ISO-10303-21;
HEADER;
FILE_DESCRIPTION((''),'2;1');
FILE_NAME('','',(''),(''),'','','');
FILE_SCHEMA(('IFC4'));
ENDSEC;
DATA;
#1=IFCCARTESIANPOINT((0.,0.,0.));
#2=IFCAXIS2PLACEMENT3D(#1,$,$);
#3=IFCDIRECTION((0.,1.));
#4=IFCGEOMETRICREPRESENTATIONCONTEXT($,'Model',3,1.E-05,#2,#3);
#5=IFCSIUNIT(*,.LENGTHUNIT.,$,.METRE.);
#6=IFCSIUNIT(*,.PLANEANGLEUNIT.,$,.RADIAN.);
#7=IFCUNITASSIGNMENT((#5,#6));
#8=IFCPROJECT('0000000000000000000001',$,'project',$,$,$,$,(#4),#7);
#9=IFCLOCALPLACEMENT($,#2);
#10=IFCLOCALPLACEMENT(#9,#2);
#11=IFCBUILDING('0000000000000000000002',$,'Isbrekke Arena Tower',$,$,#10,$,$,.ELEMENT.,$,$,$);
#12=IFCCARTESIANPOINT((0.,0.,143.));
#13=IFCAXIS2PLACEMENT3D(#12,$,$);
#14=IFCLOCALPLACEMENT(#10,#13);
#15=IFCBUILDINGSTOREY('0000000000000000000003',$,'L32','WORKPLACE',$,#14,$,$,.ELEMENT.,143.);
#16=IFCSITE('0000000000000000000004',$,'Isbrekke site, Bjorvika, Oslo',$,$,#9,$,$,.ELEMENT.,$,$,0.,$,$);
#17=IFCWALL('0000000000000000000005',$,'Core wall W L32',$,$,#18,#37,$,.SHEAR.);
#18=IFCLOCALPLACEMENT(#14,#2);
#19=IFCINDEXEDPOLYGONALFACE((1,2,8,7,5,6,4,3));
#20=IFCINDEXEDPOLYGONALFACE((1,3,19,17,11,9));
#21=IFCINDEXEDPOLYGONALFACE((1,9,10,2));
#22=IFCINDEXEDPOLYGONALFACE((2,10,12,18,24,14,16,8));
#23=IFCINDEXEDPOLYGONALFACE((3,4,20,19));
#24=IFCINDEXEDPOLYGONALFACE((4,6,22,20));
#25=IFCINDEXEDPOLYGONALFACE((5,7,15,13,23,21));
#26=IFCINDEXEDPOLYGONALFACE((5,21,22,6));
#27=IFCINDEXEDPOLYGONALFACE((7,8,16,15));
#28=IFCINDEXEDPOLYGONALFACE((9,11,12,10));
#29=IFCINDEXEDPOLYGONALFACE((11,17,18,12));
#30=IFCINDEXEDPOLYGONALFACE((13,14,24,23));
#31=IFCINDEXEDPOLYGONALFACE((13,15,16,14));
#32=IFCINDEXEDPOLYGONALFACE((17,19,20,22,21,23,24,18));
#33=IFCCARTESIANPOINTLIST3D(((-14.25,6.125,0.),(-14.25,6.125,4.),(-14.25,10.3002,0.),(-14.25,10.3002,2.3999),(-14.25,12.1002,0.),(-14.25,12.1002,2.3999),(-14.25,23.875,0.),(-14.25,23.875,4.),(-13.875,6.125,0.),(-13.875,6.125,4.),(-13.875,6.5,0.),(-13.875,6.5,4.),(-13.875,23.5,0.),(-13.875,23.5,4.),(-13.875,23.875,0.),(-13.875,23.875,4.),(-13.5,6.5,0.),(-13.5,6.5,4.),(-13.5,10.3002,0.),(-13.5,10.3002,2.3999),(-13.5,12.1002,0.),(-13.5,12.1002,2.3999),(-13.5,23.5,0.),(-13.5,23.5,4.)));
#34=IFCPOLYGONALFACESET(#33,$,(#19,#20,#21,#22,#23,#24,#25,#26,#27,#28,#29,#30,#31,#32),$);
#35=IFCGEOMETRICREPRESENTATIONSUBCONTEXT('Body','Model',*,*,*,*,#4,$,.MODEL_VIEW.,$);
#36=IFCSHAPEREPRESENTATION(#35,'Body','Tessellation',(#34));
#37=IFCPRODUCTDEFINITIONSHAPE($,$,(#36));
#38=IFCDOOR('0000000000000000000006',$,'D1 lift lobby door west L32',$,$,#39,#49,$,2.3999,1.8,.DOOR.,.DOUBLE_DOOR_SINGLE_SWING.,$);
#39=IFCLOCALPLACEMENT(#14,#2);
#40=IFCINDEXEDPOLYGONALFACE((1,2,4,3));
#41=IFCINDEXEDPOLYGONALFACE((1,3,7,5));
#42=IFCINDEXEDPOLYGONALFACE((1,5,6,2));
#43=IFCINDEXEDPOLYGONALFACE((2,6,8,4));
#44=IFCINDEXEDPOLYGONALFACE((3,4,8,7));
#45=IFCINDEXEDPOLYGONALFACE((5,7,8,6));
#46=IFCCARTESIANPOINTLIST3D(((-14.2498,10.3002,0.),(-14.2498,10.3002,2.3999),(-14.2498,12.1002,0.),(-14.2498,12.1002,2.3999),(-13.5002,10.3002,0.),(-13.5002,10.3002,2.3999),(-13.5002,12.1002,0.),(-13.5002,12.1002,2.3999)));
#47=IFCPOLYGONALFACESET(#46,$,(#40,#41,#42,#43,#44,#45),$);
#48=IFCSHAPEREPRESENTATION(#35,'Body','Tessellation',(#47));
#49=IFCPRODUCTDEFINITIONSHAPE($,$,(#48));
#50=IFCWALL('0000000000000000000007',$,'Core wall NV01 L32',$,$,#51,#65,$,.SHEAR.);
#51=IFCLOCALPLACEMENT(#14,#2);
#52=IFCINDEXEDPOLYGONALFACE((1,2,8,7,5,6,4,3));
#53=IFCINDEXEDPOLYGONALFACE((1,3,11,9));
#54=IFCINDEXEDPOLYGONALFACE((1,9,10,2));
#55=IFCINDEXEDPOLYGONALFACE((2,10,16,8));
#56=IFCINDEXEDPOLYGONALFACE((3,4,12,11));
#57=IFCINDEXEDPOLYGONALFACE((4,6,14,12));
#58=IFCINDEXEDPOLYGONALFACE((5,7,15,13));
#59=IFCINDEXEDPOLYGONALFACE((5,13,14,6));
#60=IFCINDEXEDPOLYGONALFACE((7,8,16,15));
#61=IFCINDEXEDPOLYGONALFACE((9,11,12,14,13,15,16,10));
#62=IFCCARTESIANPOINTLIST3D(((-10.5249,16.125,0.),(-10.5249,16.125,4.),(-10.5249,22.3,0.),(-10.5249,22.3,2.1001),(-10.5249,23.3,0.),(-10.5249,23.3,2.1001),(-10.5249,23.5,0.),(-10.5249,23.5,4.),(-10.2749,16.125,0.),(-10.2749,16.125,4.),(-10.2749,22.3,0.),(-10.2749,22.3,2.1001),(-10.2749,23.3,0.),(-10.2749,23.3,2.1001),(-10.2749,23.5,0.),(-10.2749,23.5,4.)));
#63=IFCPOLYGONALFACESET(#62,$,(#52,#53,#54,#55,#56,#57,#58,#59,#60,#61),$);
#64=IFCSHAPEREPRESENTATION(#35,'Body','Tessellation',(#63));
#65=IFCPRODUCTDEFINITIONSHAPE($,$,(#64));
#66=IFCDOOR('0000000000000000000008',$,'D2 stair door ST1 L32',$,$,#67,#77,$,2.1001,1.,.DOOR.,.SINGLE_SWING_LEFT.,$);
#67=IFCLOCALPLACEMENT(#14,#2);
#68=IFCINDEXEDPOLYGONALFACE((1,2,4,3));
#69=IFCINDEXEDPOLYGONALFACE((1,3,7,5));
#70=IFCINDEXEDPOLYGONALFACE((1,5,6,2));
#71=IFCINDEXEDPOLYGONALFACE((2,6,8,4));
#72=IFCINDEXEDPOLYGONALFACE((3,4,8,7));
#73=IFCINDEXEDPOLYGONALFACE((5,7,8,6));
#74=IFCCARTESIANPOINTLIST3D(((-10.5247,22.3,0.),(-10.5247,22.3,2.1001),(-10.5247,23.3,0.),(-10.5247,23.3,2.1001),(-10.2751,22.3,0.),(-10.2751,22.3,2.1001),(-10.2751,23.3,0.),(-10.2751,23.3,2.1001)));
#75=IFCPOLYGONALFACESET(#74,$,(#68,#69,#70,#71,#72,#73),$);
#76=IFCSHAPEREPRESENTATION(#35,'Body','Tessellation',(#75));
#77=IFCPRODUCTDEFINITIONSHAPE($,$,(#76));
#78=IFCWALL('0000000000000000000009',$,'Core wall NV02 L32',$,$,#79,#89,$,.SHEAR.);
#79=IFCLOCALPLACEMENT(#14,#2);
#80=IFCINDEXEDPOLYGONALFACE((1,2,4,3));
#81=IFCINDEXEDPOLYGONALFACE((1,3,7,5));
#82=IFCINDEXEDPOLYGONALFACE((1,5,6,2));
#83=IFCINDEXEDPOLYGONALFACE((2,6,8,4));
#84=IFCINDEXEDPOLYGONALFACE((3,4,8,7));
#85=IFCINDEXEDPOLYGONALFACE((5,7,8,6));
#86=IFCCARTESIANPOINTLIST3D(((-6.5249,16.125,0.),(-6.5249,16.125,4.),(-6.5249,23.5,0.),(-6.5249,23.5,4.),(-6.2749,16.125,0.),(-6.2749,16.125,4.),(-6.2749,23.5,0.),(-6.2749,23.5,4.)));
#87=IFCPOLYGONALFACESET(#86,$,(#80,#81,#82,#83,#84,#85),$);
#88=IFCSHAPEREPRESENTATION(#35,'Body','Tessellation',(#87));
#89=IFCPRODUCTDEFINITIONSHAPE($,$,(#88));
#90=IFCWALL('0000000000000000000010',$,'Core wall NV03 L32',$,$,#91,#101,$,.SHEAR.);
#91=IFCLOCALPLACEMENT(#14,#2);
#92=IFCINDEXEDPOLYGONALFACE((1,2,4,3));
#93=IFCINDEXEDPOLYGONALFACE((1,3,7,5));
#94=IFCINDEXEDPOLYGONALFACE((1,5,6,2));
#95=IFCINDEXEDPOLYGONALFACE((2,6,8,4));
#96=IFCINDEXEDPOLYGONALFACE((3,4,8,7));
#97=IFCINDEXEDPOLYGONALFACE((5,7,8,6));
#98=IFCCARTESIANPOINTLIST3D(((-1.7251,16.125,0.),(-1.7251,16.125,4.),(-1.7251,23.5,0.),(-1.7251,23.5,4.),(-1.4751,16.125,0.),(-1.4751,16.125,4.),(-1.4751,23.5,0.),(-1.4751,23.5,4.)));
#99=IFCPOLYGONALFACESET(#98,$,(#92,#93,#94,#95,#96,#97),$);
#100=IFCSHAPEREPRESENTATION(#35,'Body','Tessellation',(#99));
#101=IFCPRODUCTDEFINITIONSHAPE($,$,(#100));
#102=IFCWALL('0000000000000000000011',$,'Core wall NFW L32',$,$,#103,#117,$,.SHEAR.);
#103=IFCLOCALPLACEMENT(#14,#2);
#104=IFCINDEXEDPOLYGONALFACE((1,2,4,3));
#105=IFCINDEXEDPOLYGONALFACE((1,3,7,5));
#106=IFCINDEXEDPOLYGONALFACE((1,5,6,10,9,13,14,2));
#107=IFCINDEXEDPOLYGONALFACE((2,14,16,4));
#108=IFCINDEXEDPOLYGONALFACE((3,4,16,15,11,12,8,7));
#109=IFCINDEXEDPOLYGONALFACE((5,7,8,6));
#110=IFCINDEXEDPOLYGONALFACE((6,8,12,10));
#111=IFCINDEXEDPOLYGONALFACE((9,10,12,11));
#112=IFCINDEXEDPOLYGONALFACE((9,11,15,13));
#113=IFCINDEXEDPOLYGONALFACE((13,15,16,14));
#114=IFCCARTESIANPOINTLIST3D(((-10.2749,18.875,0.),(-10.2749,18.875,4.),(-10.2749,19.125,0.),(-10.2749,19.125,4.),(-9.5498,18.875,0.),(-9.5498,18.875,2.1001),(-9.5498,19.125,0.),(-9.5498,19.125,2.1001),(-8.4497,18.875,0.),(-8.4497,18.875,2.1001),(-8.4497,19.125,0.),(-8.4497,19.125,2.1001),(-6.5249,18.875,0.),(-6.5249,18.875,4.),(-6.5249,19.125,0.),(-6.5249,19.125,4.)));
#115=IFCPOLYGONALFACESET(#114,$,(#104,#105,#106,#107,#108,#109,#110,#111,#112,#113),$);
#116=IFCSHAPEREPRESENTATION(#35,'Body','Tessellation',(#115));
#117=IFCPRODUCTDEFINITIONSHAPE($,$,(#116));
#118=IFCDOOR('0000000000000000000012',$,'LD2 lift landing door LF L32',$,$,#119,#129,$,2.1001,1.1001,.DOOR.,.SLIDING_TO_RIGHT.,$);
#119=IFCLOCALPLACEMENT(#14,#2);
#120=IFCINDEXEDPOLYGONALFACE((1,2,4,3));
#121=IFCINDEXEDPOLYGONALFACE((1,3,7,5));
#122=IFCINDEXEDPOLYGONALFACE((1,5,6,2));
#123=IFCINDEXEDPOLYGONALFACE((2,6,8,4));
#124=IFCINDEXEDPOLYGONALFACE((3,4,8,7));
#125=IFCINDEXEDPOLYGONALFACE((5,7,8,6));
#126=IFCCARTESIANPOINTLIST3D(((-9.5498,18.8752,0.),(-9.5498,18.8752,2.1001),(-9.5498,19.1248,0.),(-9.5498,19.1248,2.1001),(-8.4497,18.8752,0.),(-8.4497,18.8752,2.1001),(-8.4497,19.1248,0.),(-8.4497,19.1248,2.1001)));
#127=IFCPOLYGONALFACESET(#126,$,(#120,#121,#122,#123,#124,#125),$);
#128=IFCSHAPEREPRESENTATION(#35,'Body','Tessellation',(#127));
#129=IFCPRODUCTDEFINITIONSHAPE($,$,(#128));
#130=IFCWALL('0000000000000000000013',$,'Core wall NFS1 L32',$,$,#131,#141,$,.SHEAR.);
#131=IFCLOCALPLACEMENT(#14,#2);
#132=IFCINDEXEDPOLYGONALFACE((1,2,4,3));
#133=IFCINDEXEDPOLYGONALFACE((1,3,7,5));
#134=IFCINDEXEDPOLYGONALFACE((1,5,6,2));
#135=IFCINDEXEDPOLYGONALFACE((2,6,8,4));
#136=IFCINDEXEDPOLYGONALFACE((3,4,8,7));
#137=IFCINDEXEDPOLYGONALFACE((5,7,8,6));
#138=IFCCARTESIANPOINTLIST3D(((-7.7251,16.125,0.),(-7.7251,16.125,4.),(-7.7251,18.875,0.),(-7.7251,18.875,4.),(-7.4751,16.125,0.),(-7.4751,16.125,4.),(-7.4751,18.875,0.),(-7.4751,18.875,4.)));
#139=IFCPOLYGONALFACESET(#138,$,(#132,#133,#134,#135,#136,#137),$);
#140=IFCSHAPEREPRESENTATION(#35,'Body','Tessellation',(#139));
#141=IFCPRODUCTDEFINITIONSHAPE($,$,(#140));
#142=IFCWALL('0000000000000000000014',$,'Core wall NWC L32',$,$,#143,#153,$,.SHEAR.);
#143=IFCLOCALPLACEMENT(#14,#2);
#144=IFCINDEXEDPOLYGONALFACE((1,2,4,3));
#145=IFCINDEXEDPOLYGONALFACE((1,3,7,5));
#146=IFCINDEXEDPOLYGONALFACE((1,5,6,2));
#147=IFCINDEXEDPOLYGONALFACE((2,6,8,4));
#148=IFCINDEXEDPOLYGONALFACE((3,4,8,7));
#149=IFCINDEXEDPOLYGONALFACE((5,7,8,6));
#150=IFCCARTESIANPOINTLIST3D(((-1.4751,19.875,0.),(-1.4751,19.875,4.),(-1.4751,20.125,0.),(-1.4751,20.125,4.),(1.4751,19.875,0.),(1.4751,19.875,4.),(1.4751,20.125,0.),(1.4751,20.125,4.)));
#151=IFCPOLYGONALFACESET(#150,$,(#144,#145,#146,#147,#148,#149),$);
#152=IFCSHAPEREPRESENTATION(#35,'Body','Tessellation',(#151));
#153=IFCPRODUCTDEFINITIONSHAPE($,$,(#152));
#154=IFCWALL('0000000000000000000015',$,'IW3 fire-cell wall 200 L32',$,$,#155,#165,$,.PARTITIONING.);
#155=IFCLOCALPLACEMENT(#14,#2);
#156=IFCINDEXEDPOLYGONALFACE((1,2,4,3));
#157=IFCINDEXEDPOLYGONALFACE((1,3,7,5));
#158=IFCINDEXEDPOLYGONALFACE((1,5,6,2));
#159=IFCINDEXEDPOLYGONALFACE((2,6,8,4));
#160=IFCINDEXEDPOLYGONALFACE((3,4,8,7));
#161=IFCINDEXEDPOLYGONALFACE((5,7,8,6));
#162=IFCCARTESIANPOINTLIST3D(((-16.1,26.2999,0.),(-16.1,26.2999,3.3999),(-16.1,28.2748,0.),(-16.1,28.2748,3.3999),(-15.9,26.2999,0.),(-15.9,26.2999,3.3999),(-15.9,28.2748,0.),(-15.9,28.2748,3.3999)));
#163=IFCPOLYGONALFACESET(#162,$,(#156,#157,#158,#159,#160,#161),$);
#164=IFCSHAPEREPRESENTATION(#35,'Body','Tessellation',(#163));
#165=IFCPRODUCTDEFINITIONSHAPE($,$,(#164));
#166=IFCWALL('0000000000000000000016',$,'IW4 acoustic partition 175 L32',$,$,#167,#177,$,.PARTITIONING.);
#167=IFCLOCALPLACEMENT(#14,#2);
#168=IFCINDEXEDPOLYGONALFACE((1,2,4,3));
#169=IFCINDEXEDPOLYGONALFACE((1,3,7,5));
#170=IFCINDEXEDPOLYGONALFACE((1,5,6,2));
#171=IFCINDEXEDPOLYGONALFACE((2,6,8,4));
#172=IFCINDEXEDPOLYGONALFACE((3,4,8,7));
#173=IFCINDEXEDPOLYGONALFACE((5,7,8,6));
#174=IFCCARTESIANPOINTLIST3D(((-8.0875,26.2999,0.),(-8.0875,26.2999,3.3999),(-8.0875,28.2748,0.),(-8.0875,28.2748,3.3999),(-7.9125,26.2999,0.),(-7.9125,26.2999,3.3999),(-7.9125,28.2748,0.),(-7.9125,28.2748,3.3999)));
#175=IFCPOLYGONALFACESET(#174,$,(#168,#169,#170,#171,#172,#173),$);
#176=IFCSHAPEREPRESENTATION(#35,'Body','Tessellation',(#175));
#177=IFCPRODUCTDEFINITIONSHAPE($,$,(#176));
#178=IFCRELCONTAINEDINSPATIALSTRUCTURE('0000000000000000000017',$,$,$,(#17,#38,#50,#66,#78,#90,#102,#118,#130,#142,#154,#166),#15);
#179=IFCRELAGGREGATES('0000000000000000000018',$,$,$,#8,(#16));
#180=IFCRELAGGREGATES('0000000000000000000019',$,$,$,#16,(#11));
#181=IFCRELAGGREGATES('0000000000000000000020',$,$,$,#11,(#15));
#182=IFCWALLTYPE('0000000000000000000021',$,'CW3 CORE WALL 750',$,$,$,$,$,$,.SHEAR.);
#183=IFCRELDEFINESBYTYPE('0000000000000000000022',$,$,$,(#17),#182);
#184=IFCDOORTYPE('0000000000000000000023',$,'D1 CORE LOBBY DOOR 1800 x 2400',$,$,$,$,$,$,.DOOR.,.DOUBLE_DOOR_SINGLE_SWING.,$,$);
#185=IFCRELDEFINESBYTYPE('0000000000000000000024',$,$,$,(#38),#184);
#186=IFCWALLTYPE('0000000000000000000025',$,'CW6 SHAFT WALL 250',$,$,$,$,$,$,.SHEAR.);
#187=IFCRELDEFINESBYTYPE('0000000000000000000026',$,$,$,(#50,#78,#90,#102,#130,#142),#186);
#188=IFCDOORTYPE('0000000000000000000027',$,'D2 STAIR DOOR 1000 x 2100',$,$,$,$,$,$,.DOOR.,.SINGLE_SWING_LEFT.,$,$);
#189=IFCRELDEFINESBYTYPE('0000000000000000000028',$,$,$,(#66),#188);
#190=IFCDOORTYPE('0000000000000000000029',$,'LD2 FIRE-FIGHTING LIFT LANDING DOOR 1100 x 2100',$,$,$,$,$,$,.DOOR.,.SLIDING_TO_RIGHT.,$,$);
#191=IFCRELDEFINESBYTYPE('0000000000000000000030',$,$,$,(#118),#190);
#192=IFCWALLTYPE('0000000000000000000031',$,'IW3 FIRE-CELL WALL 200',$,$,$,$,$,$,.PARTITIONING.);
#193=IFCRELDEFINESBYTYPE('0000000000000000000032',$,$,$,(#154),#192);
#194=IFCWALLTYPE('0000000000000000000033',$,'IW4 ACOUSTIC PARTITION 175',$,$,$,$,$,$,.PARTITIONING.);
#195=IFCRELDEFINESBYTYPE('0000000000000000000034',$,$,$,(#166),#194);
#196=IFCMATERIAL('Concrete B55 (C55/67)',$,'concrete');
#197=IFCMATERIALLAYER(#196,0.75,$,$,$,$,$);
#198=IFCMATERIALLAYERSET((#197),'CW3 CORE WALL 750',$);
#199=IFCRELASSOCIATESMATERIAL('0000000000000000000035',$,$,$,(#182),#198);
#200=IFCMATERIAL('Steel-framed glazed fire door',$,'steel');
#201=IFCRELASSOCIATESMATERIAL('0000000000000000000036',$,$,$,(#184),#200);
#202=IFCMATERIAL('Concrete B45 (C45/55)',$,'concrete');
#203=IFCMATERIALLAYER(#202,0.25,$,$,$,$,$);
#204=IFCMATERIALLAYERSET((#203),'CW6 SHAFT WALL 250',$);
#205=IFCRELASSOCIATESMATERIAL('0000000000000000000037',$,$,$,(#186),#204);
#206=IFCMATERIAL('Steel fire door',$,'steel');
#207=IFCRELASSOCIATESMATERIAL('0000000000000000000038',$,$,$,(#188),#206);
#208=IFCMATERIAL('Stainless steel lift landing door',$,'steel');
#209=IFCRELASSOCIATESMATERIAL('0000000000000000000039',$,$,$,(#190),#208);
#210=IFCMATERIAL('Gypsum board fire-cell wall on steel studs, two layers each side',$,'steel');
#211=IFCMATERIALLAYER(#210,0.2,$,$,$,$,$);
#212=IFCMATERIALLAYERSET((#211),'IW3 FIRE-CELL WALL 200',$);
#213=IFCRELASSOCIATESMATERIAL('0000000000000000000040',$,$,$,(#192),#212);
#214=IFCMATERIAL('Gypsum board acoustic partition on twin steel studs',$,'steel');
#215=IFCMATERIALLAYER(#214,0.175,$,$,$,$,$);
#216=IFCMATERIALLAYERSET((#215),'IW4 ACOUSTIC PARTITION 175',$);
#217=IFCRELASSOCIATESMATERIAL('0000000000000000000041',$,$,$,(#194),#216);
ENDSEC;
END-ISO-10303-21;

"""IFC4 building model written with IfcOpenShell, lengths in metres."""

from ifc_helpers import new_model, si_unit, direction, frame, frame_2d, origin, place, context, subcontext, project, spatial, polyline, rectangle, outline, extrude, material, layer, layer_set, type_object, element, fill, save


model = new_model("IFC4")

# Units and contexts
model_context = context("Model", 3, precision=1e-05, world=origin(), true_north=direction((0.0, 1.0)))
body_context = subcontext(model_context, "Body", "Model", "MODEL_VIEW")
ifc_project = project(units=[si_unit("LENGTHUNIT", "METRE"), si_unit("PLANEANGLEUNIT", "RADIAN")], contexts=[model_context])

# Site, building, storey
site_placement = place(None, origin())
site = spatial("IfcSite", under=ifc_project, at=site_placement, Name="Isbrekke site, Bjorvika, Oslo", CompositionType="ELEMENT", RefElevation=0.0)
building_placement = place(site_placement, origin())
building = spatial("IfcBuilding", under=site, at=building_placement, Name="Isbrekke Arena Tower", CompositionType="ELEMENT")
storey_placement = place(building_placement, frame((0.0, 0.0, 143.0)))
storey = spatial("IfcBuildingStorey", under=building, at=storey_placement, Name="L32", Description="WORKPLACE", CompositionType="ELEMENT", Elevation=143.0)

# Walls, openings, doors
ifc_material_1 = material(Name="Concrete B55 (C55/67)", Category="concrete")
ifc_layer_1 = layer(ifc_material_1, 0.75)
ifc_layer_set_1 = layer_set([ifc_layer_1], Name="CW3 CORE WALL 750")
wall_type_1 = type_object("IfcWallType", Name="CW3 CORE WALL 750", PredefinedType="SHEAR", material=ifc_layer_set_1)
wall_1_placement = place(storey_placement, frame((-13.875, 23.875, 0.0), z_axis=(0.0, 0.0, 1.0), x_axis=(0.0, -1.0, 0.0)))
wall_1 = element("IfcWall", 1, at=wall_1_placement, inside=storey, type_object=wall_type_1, Name="Core wall W L32", PredefinedType="SHEAR", context=body_context, shape_type="SweptSolid", body=[
    extrude(outline(polyline([(0.0, -0.375), (17.75, -0.375), (17.75, 0.0), (17.375, 0.0), (17.375, 0.375), (0.375, 0.375), (0.375, 0.0), (0.0, 0.0), (0.0, -0.375)])), origin(), (0.0, 0.0, 1.0), 4.0),
])
opening_1_placement = place(wall_1_placement, frame((11.7749, 0.0, 0.0)))
opening_1 = element("IfcOpeningElement", 2, at=opening_1_placement, cuts=wall_1, PredefinedType="OPENING", context=body_context, shape_type="SweptSolid", body=[
    extrude(rectangle(XDim=1.8, YDim=2.3999, at=frame_2d((0.8999, 1.2))), frame((0.0, 0.3899, 0.0), z_axis=(0.0, -1.0, 0.0), x_axis=(1.0, 0.0, 0.0)), (0.0, 0.0, 1.0), 0.7798),
])
ifc_material_2 = material(Name="Steel-framed glazed fire door", Category="steel")
door_type_1 = type_object("IfcDoorType", Name="D1 CORE LOBBY DOOR 1800 x 2400", OperationType="DOUBLE_DOOR_SINGLE_SWING", PredefinedType="DOOR", material=ifc_material_2)
door_1_placement = place(opening_1_placement, origin())
door_1 = element("IfcDoor", 3, at=door_1_placement, inside=storey, type_object=door_type_1, Name="D1 lift lobby door west L32", OperationType="DOUBLE_DOOR_SINGLE_SWING", OverallHeight=2.3999, OverallWidth=1.8, PredefinedType="DOOR", context=body_context, shape_type="SweptSolid", body=[
    extrude(rectangle(XDim=1.8, YDim=2.3999, at=frame_2d((0.8999, 1.2))), frame((0.0, 0.3748, 0.0), z_axis=(0.0, -1.0, 0.0), x_axis=(1.0, 0.0, 0.0)), (0.0, 0.0, 1.0), 0.7495),
])
fill(opening_1, door_1)
ifc_material_3 = material(Name="Concrete B45 (C45/55)", Category="concrete")
ifc_layer_2 = layer(ifc_material_3, 0.25)
ifc_layer_set_2 = layer_set([ifc_layer_2], Name="CW6 SHAFT WALL 250")
wall_type_2 = type_object("IfcWallType", Name="CW6 SHAFT WALL 250", PredefinedType="SHEAR", material=ifc_layer_set_2)
wall_2_placement = place(storey_placement, frame((-10.3999, 16.125, 0.0), z_axis=(0.0, 0.0, 1.0), x_axis=(0.0, 1.0, 0.0)))
wall_2 = element("IfcWall", 4, at=wall_2_placement, inside=storey, type_object=wall_type_2, Name="Core wall NV01 L32", PredefinedType="SHEAR", context=body_context, shape_type="SweptSolid", body=[
    extrude(rectangle(XDim=7.375, YDim=0.25, at=frame_2d((3.6875, 0.0))), origin(), (0.0, 0.0, 1.0), 4.0),
])
opening_2_placement = place(wall_2_placement, frame((6.175, 0.0, 0.0)))
opening_2 = element("IfcOpeningElement", 5, at=opening_2_placement, cuts=wall_2, PredefinedType="OPENING", context=body_context, shape_type="SweptSolid", body=[
    extrude(rectangle(XDim=1.0, YDim=2.1001, at=frame_2d((0.5, 1.05))), frame((0.0, 0.1399, 0.0), z_axis=(0.0, -1.0, 0.0), x_axis=(1.0, 0.0, 0.0)), (0.0, 0.0, 1.0), 0.2798),
])
ifc_material_4 = material(Name="Steel fire door", Category="steel")
door_type_2 = type_object("IfcDoorType", Name="D2 STAIR DOOR 1000 x 2100", OperationType="SINGLE_SWING_LEFT", PredefinedType="DOOR", material=ifc_material_4)
door_2_placement = place(opening_2_placement, origin())
door_2 = element("IfcDoor", 6, at=door_2_placement, inside=storey, type_object=door_type_2, Name="D2 stair door ST1 L32", OperationType="SINGLE_SWING_LEFT", OverallHeight=2.1001, OverallWidth=1.0, PredefinedType="DOOR", context=body_context, shape_type="SweptSolid", body=[
    extrude(rectangle(XDim=1.0, YDim=2.1001, at=frame_2d((0.5, 1.05))), frame((0.0, 0.1248, 0.0), z_axis=(0.0, -1.0, 0.0), x_axis=(1.0, 0.0, 0.0)), (0.0, 0.0, 1.0), 0.2495),
])
fill(opening_2, door_2)

# Walls
for number, where, z_axis, x_axis, name in (
    (7, (-6.3999, 16.125, 0.0), (0.0, 0.0, 1.0), (0.0, 1.0, 0.0), "Core wall NV02 L32"),
    (8, (-1.6001, 16.125, 0.0), (0.0, 0.0, 1.0), (0.0, 1.0, 0.0), "Core wall NV03 L32"),
):
    element("IfcWall", number, at=place(storey_placement, frame(where, z_axis=z_axis, x_axis=x_axis)), inside=storey, type_object=wall_type_2, Name=name, PredefinedType="SHEAR", context=body_context, shape_type="SweptSolid", body=[
        extrude(rectangle(XDim=7.375, YDim=0.25, at=frame_2d((3.6875, 0.0))), origin(), (0.0, 0.0, 1.0), 4.0),
    ])

# Wall, opening, door
wall_3_placement = place(storey_placement, frame((-10.2749, 19.0, 0.0), z_axis=(0.0, 0.0, 1.0), x_axis=(1.0, 0.0, 0.0)))
wall_3 = element("IfcWall", 9, at=wall_3_placement, inside=storey, type_object=wall_type_2, Name="Core wall NFW L32", PredefinedType="SHEAR", context=body_context, shape_type="SweptSolid", body=[
    extrude(rectangle(XDim=3.75, YDim=0.25, at=frame_2d((1.875, 0.0))), origin(), (0.0, 0.0, 1.0), 4.0),
])
opening_3_placement = place(wall_3_placement, frame((0.7251, 0.0, 0.0)))
opening_3 = element("IfcOpeningElement", 10, at=opening_3_placement, cuts=wall_3, PredefinedType="OPENING", context=body_context, shape_type="SweptSolid", body=[
    extrude(rectangle(XDim=1.1001, YDim=2.1001, at=frame_2d((0.55, 1.05))), frame((0.0, 0.1399, 0.0), z_axis=(0.0, -1.0, 0.0), x_axis=(1.0, 0.0, 0.0)), (0.0, 0.0, 1.0), 0.2798),
])
ifc_material_5 = material(Name="Stainless steel lift landing door", Category="steel")
door_type_3 = type_object("IfcDoorType", Name="LD2 FIRE-FIGHTING LIFT LANDING DOOR 1100 x 2100", OperationType="SLIDING_TO_RIGHT", PredefinedType="DOOR", material=ifc_material_5)
door_3_placement = place(opening_3_placement, origin())
door_3 = element("IfcDoor", 11, at=door_3_placement, inside=storey, type_object=door_type_3, Name="LD2 lift landing door LF L32", OperationType="SLIDING_TO_RIGHT", OverallHeight=2.1001, OverallWidth=1.1001, PredefinedType="DOOR", context=body_context, shape_type="SweptSolid", body=[
    extrude(rectangle(XDim=1.1001, YDim=2.1001, at=frame_2d((0.55, 1.05))), frame((0.0, 0.1248, 0.0), z_axis=(0.0, -1.0, 0.0), x_axis=(1.0, 0.0, 0.0)), (0.0, 0.0, 1.0), 0.2495),
])
fill(opening_3, door_3)

# Walls
wall_4_placement = place(storey_placement, frame((-7.6001, 16.125, 0.0), z_axis=(0.0, 0.0, 1.0), x_axis=(0.0, 1.0, 0.0)))
element("IfcWall", 12, at=wall_4_placement, inside=storey, type_object=wall_type_2, Name="Core wall NFS1 L32", PredefinedType="SHEAR", context=body_context, shape_type="SweptSolid", body=[
    extrude(rectangle(XDim=2.75, YDim=0.25, at=frame_2d((1.375, 0.0))), origin(), (0.0, 0.0, 1.0), 4.0),
])
wall_5_placement = place(storey_placement, frame((-1.4751, 20.0, 0.0), z_axis=(0.0, 0.0, 1.0), x_axis=(1.0, 0.0, 0.0)))
element("IfcWall", 13, at=wall_5_placement, inside=storey, type_object=wall_type_2, Name="Core wall NWC L32", PredefinedType="SHEAR", context=body_context, shape_type="SweptSolid", body=[
    extrude(rectangle(XDim=2.9502, YDim=0.25, at=frame_2d((1.4751, 0.0))), origin(), (0.0, 0.0, 1.0), 4.0),
])
ifc_material_6 = material(Name="Gypsum board fire-cell wall on steel studs, two layers each side", Category="steel")
ifc_layer_3 = layer(ifc_material_6, 0.2)
ifc_layer_set_3 = layer_set([ifc_layer_3], Name="IW3 FIRE-CELL WALL 200")
wall_type_3 = type_object("IfcWallType", Name="IW3 FIRE-CELL WALL 200", PredefinedType="PARTITIONING", material=ifc_layer_set_3)
wall_6_placement = place(storey_placement, frame((-16.0, 26.3, 0.0), z_axis=(0.0, 0.0, 1.0), x_axis=(0.0, 1.0, 0.0)))
element("IfcWall", 14, at=wall_6_placement, inside=storey, type_object=wall_type_3, Name="IW3 fire-cell wall 200 L32", PredefinedType="PARTITIONING", context=body_context, shape_type="SweptSolid", body=[
    extrude(rectangle(XDim=1.9749, YDim=0.2, at=frame_2d((0.9873, 0.0))), origin(), (0.0, 0.0, 1.0), 3.3999),
])
ifc_material_7 = material(Name="Gypsum board acoustic partition on twin steel studs", Category="steel")
ifc_layer_4 = layer(ifc_material_7, 0.175)
ifc_layer_set_4 = layer_set([ifc_layer_4], Name="IW4 ACOUSTIC PARTITION 175")
wall_type_4 = type_object("IfcWallType", Name="IW4 ACOUSTIC PARTITION 175", PredefinedType="PARTITIONING", material=ifc_layer_set_4)
wall_7_placement = place(storey_placement, frame((-8.0, 26.3, 0.0), z_axis=(0.0, 0.0, 1.0), x_axis=(0.0, 1.0, 0.0)))
element("IfcWall", 15, at=wall_7_placement, inside=storey, type_object=wall_type_4, Name="IW4 acoustic partition 175 L32", PredefinedType="PARTITIONING", context=body_context, shape_type="SweptSolid", body=[
    extrude(rectangle(XDim=1.9749, YDim=0.175, at=frame_2d((0.9873, 0.0))), origin(), (0.0, 0.0, 1.0), 3.3999),
])

save(model, "model.ifc")
